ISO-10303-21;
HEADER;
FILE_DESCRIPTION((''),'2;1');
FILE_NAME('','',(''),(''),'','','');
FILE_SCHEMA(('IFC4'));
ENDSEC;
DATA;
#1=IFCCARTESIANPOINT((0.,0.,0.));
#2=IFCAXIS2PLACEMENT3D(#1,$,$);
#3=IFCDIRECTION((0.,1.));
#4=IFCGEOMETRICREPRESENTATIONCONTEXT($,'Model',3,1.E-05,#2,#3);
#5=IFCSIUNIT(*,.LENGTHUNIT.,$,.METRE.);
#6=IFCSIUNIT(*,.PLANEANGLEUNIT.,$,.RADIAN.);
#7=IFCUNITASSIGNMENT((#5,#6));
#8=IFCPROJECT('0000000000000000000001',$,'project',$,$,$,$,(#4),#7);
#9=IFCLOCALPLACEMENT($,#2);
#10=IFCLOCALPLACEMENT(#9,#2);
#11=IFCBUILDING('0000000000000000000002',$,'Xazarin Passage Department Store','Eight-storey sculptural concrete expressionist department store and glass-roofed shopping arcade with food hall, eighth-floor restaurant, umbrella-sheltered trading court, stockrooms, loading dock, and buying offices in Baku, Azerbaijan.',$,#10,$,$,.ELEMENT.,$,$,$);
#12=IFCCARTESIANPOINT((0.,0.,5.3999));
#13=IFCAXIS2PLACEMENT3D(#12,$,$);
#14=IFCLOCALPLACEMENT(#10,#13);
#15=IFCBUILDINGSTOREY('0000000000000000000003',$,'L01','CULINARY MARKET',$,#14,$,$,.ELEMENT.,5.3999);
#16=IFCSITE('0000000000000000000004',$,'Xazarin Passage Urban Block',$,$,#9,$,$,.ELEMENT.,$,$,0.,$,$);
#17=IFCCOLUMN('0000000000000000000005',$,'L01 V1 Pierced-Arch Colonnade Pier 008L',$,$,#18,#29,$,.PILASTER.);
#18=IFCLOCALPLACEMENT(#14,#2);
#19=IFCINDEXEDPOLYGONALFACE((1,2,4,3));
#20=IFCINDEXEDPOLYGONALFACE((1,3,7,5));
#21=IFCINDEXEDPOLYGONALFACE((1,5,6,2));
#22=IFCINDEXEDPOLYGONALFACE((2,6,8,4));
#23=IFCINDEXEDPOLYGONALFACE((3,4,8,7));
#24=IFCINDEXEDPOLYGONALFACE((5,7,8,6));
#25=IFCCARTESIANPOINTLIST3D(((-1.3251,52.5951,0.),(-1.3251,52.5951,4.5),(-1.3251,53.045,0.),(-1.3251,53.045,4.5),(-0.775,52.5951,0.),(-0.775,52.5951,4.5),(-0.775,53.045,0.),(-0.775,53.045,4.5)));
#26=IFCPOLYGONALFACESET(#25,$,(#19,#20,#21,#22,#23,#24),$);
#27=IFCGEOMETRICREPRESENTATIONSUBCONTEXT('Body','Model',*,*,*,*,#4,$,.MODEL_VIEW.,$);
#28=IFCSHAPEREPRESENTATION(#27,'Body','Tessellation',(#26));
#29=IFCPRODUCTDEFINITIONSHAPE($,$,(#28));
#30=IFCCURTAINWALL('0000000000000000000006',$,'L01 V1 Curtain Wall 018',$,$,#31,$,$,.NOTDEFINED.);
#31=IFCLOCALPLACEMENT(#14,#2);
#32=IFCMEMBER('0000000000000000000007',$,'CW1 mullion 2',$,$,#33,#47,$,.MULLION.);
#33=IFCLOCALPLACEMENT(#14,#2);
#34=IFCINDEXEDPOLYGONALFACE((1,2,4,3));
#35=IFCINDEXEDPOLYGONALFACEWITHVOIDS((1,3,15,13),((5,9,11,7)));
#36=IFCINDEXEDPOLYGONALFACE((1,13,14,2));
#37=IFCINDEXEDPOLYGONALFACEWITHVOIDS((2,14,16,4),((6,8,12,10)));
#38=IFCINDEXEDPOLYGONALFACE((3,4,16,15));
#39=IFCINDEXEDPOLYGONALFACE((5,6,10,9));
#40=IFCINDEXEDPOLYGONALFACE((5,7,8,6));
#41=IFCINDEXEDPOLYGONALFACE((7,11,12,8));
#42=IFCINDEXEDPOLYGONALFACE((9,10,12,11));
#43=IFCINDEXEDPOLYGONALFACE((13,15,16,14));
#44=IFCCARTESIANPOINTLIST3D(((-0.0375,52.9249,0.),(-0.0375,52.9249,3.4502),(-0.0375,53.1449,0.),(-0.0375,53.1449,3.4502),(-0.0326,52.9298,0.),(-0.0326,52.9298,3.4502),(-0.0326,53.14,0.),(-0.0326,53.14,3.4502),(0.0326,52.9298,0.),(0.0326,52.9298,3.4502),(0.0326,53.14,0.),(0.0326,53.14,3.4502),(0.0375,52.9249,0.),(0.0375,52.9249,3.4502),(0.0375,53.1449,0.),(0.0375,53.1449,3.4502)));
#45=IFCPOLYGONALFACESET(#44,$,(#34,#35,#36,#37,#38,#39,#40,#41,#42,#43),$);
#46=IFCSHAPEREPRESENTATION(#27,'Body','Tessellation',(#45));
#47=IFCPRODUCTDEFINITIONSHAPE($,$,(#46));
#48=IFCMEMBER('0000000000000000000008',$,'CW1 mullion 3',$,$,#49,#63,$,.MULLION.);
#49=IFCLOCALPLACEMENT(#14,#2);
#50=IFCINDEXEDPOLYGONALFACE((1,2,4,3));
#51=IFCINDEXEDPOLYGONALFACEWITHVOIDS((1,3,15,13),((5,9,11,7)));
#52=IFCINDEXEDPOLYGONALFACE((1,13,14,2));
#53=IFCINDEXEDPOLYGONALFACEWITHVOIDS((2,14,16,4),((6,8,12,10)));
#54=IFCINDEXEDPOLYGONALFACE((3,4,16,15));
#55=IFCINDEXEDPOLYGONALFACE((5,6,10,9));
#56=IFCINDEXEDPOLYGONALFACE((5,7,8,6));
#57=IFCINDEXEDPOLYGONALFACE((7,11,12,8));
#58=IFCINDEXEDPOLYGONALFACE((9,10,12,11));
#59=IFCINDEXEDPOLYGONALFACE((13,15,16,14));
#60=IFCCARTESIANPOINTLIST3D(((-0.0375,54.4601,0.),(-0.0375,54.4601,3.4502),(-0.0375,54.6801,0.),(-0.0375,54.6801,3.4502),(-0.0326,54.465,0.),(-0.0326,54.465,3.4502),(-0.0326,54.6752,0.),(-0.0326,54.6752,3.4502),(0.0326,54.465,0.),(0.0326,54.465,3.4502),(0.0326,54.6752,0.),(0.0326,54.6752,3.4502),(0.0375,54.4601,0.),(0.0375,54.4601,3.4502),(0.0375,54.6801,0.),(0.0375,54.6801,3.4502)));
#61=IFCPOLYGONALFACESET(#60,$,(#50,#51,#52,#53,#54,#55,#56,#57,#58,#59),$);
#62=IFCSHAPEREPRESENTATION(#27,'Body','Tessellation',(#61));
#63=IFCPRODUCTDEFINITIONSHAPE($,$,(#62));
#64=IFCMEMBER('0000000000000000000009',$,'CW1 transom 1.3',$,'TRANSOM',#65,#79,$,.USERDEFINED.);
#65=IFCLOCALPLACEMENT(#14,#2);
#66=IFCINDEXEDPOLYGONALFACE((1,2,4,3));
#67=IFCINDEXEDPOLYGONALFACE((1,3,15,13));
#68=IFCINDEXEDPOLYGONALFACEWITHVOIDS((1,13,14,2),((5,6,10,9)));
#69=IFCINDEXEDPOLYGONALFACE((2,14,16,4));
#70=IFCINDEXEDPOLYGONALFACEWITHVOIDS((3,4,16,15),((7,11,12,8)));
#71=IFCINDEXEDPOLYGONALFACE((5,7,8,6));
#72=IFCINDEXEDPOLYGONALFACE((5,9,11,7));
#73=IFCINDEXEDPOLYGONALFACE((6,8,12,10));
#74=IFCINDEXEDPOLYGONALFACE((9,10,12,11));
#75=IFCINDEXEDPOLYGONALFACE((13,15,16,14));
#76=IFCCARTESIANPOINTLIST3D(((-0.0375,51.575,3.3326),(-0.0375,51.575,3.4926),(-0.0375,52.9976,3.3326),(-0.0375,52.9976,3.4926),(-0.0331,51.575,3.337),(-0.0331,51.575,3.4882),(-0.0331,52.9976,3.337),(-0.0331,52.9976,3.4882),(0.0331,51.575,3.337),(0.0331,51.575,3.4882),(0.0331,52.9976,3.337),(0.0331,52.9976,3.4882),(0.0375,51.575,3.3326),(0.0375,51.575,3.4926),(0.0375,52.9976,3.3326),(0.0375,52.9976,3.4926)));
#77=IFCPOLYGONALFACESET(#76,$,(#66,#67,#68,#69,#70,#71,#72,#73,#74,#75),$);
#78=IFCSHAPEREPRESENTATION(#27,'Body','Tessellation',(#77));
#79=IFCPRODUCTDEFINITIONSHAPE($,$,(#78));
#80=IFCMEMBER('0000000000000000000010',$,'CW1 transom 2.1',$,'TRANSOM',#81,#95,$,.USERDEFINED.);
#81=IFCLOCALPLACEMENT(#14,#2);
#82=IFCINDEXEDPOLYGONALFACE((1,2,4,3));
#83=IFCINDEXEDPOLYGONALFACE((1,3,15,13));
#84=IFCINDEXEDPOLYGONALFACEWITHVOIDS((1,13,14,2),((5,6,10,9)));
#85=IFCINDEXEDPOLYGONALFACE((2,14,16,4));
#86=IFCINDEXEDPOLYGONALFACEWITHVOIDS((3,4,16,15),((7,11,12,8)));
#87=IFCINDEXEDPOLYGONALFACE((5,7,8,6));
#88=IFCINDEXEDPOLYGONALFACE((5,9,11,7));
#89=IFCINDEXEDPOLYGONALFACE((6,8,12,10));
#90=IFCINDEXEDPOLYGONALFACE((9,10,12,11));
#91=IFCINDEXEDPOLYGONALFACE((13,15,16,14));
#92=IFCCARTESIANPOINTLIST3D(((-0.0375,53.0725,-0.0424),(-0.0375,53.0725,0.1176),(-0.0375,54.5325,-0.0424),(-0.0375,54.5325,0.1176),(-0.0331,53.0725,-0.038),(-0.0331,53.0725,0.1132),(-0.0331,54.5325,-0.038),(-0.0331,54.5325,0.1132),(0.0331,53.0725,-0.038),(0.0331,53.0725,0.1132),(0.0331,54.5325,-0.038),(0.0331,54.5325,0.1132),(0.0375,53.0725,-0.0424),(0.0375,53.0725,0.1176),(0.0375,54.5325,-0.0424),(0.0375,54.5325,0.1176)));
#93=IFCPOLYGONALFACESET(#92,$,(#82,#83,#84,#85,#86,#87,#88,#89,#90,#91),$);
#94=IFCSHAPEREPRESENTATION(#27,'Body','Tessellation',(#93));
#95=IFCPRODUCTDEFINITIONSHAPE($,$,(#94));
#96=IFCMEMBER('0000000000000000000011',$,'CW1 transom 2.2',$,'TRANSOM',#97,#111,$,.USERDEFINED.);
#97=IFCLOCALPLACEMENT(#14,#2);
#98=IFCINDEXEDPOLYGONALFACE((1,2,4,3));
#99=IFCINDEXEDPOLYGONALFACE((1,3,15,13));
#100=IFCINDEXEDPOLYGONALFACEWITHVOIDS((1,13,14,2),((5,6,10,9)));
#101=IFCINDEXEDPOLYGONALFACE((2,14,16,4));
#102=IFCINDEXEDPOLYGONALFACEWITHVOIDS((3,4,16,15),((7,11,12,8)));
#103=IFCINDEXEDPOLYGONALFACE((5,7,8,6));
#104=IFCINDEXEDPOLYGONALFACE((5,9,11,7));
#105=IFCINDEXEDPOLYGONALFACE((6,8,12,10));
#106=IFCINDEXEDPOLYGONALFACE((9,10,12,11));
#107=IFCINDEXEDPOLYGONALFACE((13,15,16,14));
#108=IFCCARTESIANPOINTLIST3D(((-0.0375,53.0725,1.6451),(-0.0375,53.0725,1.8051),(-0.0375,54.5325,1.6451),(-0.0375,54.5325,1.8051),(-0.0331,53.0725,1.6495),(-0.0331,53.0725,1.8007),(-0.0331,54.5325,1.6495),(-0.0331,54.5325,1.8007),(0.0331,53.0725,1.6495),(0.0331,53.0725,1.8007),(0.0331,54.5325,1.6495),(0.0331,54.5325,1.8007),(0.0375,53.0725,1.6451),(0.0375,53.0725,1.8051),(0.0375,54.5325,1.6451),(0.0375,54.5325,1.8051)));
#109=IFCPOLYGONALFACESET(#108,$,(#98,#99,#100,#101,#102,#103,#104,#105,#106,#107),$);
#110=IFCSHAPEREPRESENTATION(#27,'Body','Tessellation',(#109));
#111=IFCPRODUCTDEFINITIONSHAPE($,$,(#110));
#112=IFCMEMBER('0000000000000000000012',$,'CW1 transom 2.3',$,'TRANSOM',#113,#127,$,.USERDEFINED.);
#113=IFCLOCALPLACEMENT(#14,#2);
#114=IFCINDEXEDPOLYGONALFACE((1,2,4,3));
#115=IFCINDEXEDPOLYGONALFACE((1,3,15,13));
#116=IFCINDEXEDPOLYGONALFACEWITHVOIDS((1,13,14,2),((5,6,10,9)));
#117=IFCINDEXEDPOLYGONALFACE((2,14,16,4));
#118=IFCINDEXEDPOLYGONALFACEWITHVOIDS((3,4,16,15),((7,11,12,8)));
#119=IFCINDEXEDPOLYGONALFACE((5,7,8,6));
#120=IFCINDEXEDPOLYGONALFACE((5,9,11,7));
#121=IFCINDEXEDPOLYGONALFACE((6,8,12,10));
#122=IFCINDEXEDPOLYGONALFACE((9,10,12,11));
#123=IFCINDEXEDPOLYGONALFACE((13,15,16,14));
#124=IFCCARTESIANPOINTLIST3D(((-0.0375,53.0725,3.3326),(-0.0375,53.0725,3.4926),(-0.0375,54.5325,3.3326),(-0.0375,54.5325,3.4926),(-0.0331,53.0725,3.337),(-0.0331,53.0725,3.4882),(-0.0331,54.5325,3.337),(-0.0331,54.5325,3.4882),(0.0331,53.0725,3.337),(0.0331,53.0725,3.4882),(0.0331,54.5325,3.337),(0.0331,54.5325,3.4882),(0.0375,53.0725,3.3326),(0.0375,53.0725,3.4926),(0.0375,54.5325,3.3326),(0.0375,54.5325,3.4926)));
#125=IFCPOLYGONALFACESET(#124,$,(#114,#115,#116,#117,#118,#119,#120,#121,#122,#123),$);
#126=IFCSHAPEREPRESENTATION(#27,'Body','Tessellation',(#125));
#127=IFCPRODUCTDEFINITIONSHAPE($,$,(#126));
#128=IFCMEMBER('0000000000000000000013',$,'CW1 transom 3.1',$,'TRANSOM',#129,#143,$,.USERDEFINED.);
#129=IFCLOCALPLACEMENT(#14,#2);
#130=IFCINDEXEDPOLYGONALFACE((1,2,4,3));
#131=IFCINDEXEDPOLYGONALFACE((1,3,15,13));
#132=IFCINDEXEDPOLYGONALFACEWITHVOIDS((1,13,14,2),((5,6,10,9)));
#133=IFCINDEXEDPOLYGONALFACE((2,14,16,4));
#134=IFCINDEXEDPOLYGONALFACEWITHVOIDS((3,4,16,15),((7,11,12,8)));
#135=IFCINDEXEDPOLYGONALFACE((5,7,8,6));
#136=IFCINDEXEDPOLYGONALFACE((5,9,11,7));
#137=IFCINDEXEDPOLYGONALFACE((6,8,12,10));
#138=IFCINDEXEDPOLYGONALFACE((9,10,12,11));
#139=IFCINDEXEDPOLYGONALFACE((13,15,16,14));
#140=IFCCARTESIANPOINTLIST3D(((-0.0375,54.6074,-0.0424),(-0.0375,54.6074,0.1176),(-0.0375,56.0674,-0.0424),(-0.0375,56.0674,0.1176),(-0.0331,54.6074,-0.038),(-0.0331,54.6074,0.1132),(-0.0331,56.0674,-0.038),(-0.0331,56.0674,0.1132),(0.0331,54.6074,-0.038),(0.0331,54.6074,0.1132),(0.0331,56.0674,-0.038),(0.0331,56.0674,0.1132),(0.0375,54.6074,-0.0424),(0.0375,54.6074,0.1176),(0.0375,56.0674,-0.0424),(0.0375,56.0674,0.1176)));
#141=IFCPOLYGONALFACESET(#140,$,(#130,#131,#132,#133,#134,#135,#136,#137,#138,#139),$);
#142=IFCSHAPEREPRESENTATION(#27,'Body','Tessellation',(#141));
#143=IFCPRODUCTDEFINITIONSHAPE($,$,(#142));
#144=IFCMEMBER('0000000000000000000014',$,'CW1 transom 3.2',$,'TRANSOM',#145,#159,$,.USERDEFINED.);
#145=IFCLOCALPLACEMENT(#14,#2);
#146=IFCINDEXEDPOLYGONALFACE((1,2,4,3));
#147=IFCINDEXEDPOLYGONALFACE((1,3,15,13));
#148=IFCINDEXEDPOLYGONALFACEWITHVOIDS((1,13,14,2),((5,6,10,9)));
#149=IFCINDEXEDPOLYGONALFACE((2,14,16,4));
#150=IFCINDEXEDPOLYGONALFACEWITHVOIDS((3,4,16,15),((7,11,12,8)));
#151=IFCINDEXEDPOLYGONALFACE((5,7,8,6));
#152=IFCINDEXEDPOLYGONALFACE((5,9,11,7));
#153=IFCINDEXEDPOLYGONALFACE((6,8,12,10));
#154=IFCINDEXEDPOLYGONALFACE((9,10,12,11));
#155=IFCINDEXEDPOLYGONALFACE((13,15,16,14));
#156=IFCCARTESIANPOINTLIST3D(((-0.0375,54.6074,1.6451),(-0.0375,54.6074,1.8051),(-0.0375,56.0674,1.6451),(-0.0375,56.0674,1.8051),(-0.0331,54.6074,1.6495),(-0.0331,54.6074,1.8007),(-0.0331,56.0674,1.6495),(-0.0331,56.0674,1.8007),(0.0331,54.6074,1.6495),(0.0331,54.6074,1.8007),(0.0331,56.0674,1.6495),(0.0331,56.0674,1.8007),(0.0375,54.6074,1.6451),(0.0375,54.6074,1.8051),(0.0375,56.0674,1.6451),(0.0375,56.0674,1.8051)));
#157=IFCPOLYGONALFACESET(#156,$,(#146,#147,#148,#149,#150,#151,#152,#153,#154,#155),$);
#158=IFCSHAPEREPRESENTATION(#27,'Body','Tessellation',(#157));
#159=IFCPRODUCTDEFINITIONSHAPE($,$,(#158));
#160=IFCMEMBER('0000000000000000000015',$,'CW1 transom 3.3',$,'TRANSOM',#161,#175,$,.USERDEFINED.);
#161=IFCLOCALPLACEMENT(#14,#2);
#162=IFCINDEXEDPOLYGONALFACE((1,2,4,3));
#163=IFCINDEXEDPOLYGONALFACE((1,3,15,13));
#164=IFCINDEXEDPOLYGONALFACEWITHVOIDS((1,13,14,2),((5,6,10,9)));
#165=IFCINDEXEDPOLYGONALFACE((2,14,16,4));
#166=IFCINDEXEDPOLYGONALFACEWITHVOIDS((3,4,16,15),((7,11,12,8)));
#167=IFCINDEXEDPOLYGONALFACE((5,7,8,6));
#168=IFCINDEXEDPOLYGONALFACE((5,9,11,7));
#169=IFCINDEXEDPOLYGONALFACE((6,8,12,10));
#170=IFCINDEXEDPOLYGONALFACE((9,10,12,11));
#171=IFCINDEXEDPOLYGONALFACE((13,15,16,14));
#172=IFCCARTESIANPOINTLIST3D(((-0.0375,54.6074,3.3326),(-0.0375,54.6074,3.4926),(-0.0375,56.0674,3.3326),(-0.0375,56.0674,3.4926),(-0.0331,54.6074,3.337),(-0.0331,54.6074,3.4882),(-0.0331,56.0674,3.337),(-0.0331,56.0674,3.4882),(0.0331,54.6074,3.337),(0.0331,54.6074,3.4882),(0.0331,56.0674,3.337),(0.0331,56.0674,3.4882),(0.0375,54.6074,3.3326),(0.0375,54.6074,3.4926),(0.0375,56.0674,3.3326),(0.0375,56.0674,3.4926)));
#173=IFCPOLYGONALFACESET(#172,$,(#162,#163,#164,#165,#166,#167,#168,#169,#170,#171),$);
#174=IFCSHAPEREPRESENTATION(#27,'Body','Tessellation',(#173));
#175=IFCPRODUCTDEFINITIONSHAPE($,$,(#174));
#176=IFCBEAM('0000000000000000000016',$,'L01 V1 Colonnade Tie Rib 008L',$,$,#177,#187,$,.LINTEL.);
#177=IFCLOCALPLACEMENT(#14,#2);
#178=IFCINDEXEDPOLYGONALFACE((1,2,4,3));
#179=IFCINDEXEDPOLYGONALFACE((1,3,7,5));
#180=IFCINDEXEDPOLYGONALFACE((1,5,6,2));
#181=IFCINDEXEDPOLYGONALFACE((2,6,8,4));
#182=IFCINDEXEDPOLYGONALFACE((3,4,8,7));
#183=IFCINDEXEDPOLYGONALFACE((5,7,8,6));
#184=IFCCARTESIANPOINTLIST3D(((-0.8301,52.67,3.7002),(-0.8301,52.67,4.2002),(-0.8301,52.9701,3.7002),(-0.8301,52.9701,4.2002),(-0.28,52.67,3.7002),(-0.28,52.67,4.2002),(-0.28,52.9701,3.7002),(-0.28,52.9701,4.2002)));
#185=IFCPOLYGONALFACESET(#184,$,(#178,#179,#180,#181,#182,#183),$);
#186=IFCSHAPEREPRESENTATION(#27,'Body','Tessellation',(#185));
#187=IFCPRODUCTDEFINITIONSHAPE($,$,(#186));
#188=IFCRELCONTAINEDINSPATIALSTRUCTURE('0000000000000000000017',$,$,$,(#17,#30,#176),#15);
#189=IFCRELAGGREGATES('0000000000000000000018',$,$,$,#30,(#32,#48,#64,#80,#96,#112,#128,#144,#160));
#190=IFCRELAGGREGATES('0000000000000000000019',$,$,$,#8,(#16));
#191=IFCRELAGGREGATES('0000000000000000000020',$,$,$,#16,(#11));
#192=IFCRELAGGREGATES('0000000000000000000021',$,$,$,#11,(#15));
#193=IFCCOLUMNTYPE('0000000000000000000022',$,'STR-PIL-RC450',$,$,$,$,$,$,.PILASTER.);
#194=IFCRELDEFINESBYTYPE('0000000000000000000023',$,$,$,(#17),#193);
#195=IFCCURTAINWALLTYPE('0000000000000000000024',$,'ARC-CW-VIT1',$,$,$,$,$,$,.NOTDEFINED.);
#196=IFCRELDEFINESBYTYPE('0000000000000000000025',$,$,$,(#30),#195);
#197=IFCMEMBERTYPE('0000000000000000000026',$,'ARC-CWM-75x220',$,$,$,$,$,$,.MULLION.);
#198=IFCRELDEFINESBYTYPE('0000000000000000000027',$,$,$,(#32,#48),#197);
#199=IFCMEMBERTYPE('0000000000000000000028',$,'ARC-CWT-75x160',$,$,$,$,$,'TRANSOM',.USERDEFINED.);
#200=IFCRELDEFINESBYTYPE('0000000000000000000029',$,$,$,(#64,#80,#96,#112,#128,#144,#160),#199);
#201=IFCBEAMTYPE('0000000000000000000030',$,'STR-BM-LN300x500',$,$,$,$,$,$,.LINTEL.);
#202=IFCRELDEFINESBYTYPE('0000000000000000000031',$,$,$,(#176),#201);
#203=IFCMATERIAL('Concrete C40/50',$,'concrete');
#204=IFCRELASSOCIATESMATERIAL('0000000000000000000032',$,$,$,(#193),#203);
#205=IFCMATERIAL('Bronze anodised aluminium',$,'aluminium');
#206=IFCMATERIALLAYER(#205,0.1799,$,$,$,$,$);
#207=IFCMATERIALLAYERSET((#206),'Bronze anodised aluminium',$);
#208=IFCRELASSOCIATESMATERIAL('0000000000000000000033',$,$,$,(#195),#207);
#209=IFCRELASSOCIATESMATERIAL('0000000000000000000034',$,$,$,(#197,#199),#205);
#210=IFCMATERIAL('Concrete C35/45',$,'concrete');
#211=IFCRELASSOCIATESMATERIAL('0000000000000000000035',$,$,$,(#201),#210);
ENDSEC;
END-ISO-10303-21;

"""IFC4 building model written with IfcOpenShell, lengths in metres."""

from ifc_helpers import new_model, si_unit, direction, frame, origin, origin_2d, place, context, subcontext, project, spatial, rectangle, hollow_rectangle, extrude, material, layer, layer_set, material_profile, profile_set, type_object, element, aggregate, save


model = new_model("IFC4")

# Units and contexts
model_context = context("Model", 3, precision=1e-05, world=origin(), true_north=direction((0.0, 1.0)))
body_context = subcontext(model_context, "Body", "Model", "MODEL_VIEW")
ifc_project = project(units=[si_unit("LENGTHUNIT", "METRE"), si_unit("PLANEANGLEUNIT", "RADIAN")], contexts=[model_context])

# Site, building, storey
site_placement = place(None, origin())
site = spatial("IfcSite", under=ifc_project, at=site_placement, Name="Xazarin Passage Urban Block", CompositionType="ELEMENT", RefElevation=0.0)
building_placement = place(site_placement, origin())
building = spatial("IfcBuilding", under=site, at=building_placement, Name="Xazarin Passage Department Store", Description="Eight-storey sculptural concrete expressionist department store and glass-roofed shopping arcade with food hall, eighth-floor restaurant, umbrella-sheltered trading court, stockrooms, loading dock, and buying offices in Baku, Azerbaijan.", CompositionType="ELEMENT")
storey_placement = place(building_placement, frame((0.0, 0.0, 5.3999)))
storey = spatial("IfcBuildingStorey", under=building, at=storey_placement, Name="L01", Description="CULINARY MARKET", CompositionType="ELEMENT", Elevation=5.3999)

# Column
ifc_material_1 = material(Name="Concrete C40/50", Category="concrete")
ifc_material_profile_1 = material_profile(ifc_material_1, rectangle(XDim=0.45, YDim=0.55, at=origin_2d()), Name="RC 450x550")
ifc_profile_set_1 = profile_set([ifc_material_profile_1], Name="Concrete C40/50")
column_type = type_object("IfcColumnType", Name="STR-PIL-RC450", PredefinedType="PILASTER", material=ifc_profile_set_1)
column_placement = place(storey_placement, frame((-1.05, 52.8201, 0.0), z_axis=(0.0, 0.0, 1.0), x_axis=(0.0, 1.0, 0.0)))
element("IfcColumn", 1, at=column_placement, inside=storey, type_object=column_type, Name="L01 V1 Pierced-Arch Colonnade Pier 008L", PredefinedType="PILASTER", context=body_context, shape_type="SweptSolid", body=[
    extrude(rectangle(XDim=0.45, YDim=0.55, at=origin_2d()), origin(), (0.0, 0.0, 1.0), 4.5),
])

# Curtain wall, members
ifc_material_2 = material(Name="Bronze anodised aluminium", Category="aluminium")
ifc_layer_1 = layer(ifc_material_2, 0.1799)
ifc_layer_set_1 = layer_set([ifc_layer_1], Name="Bronze anodised aluminium")
curtain_wall_type = type_object("IfcCurtainWallType", Name="ARC-CW-VIT1", PredefinedType="NOTDEFINED", material=ifc_layer_set_1)
curtain_wall_placement = place(storey_placement, origin())
curtain_wall = element("IfcCurtainWall", 2, at=curtain_wall_placement, inside=storey, type_object=curtain_wall_type, Name="L01 V1 Curtain Wall 018", PredefinedType="NOTDEFINED")
ifc_material_profile_2 = material_profile(ifc_material_2, hollow_rectangle(XDim=0.075, YDim=0.22, WallThickness=0.0049, at=origin_2d()), Name="ALU 75x220")
ifc_profile_set_2 = profile_set([ifc_material_profile_2], Name="Bronze anodised aluminium")
member_type_1 = type_object("IfcMemberType", Name="ARC-CWM-75x220", PredefinedType="MULLION", material=ifc_profile_set_2)
member_1_placement = place(storey_placement, frame((0.0, 53.0349, 0.0), z_axis=(0.0, 0.0, 1.0), x_axis=(-1.0, 0.0, 0.0)))
member_1 = element("IfcMember", 3, at=member_1_placement, type_object=member_type_1, Name="CW1 mullion 2", PredefinedType="MULLION", context=body_context, shape_type="SweptSolid", body=[
    extrude(hollow_rectangle(XDim=0.075, YDim=0.22, WallThickness=0.0049, at=origin_2d()), origin(), (0.0, 0.0, 1.0), 3.4502),
])
member_2_placement = place(storey_placement, frame((0.0, 54.5701, 0.0), z_axis=(0.0, 0.0, 1.0), x_axis=(-1.0, 0.0, 0.0)))
member_2 = element("IfcMember", 4, at=member_2_placement, type_object=member_type_1, Name="CW1 mullion 3", PredefinedType="MULLION", context=body_context, shape_type="SweptSolid", body=[
    extrude(hollow_rectangle(XDim=0.075, YDim=0.22, WallThickness=0.0049, at=origin_2d()), origin(), (0.0, 0.0, 1.0), 3.4502),
])
ifc_material_profile_3 = material_profile(ifc_material_2, hollow_rectangle(XDim=0.075, YDim=0.1599, WallThickness=0.0044, at=origin_2d()), Name="ALU 75x160")
ifc_profile_set_3 = profile_set([ifc_material_profile_3], Name="Bronze anodised aluminium")
member_type_2 = type_object("IfcMemberType", Name="ARC-CWT-75x160", ElementType="TRANSOM", PredefinedType="USERDEFINED", material=ifc_profile_set_3)
member_3_placement = place(storey_placement, frame((0.0, 51.575, 3.4126), z_axis=(0.0, 1.0, 0.0), x_axis=(-1.0, 0.0, 0.0)))
member_3 = element("IfcMember", 5, at=member_3_placement, type_object=member_type_2, Name="CW1 transom 1.3", ObjectType="TRANSOM", PredefinedType="USERDEFINED", context=body_context, shape_type="SweptSolid", body=[
    extrude(hollow_rectangle(XDim=0.075, YDim=0.1599, WallThickness=0.0044, at=origin_2d()), origin(), (0.0, 0.0, 1.0), 1.4226),
])
member_4_placement = place(storey_placement, frame((0.0, 53.0725, 0.0376), z_axis=(0.0, 1.0, 0.0), x_axis=(-1.0, 0.0, 0.0)))
member_4 = element("IfcMember", 6, at=member_4_placement, type_object=member_type_2, Name="CW1 transom 2.1", ObjectType="TRANSOM", PredefinedType="USERDEFINED", context=body_context, shape_type="SweptSolid", body=[
    extrude(hollow_rectangle(XDim=0.075, YDim=0.1599, WallThickness=0.0044, at=origin_2d()), origin(), (0.0, 0.0, 1.0), 1.46),
])
member_5_placement = place(storey_placement, frame((0.0, 53.0725, 1.7251), z_axis=(0.0, 1.0, 0.0), x_axis=(-1.0, 0.0, 0.0)))
member_5 = element("IfcMember", 7, at=member_5_placement, type_object=member_type_2, Name="CW1 transom 2.2", ObjectType="TRANSOM", PredefinedType="USERDEFINED", context=body_context, shape_type="SweptSolid", body=[
    extrude(hollow_rectangle(XDim=0.075, YDim=0.1599, WallThickness=0.0044, at=origin_2d()), origin(), (0.0, 0.0, 1.0), 1.46),
])
member_6_placement = place(storey_placement, frame((0.0, 53.0725, 3.4126), z_axis=(0.0, 1.0, 0.0), x_axis=(-1.0, 0.0, 0.0)))
member_6 = element("IfcMember", 8, at=member_6_placement, type_object=member_type_2, Name="CW1 transom 2.3", ObjectType="TRANSOM", PredefinedType="USERDEFINED", context=body_context, shape_type="SweptSolid", body=[
    extrude(hollow_rectangle(XDim=0.075, YDim=0.1599, WallThickness=0.0044, at=origin_2d()), origin(), (0.0, 0.0, 1.0), 1.46),
])
member_7_placement = place(storey_placement, frame((0.0, 54.6074, 0.0376), z_axis=(0.0, 1.0, 0.0), x_axis=(-1.0, 0.0, 0.0)))
member_7 = element("IfcMember", 9, at=member_7_placement, type_object=member_type_2, Name="CW1 transom 3.1", ObjectType="TRANSOM", PredefinedType="USERDEFINED", context=body_context, shape_type="SweptSolid", body=[
    extrude(hollow_rectangle(XDim=0.075, YDim=0.1599, WallThickness=0.0044, at=origin_2d()), origin(), (0.0, 0.0, 1.0), 1.46),
])
member_8_placement = place(storey_placement, frame((0.0, 54.6074, 1.7251), z_axis=(0.0, 1.0, 0.0), x_axis=(-1.0, 0.0, 0.0)))
member_8 = element("IfcMember", 10, at=member_8_placement, type_object=member_type_2, Name="CW1 transom 3.2", ObjectType="TRANSOM", PredefinedType="USERDEFINED", context=body_context, shape_type="SweptSolid", body=[
    extrude(hollow_rectangle(XDim=0.075, YDim=0.1599, WallThickness=0.0044, at=origin_2d()), origin(), (0.0, 0.0, 1.0), 1.46),
])
member_9_placement = place(storey_placement, frame((0.0, 54.6074, 3.4126), z_axis=(0.0, 1.0, 0.0), x_axis=(-1.0, 0.0, 0.0)))
member_9 = element("IfcMember", 11, at=member_9_placement, type_object=member_type_2, Name="CW1 transom 3.3", ObjectType="TRANSOM", PredefinedType="USERDEFINED", context=body_context, shape_type="SweptSolid", body=[
    extrude(hollow_rectangle(XDim=0.075, YDim=0.1599, WallThickness=0.0044, at=origin_2d()), origin(), (0.0, 0.0, 1.0), 1.46),
])

# Beam
ifc_material_3 = material(Name="Concrete C35/45", Category="concrete")
ifc_material_profile_4 = material_profile(ifc_material_3, rectangle(XDim=0.3, YDim=0.5, at=origin_2d()), Name="RC 300x500")
ifc_profile_set_4 = profile_set([ifc_material_profile_4], Name="Concrete C35/45")
beam_type = type_object("IfcBeamType", Name="STR-BM-LN300x500", PredefinedType="LINTEL", material=ifc_profile_set_4)
beam_1_placement = place(storey_placement, frame((-0.28, 52.8201, 3.9502), z_axis=(-1.0, 0.0, 0.0), x_axis=(0.0, -1.0, 0.0)))
element("IfcBeam", 12, at=beam_1_placement, inside=storey, type_object=beam_type, Name="L01 V1 Colonnade Tie Rib 008L", PredefinedType="LINTEL", context=body_context, shape_type="SweptSolid", body=[
    extrude(rectangle(XDim=0.3, YDim=0.5, at=origin_2d()), origin(), (0.0, 0.0, 1.0), 0.55),
])

aggregate(curtain_wall, [member_1, member_2, member_3, member_4, member_5, member_6, member_7, member_8, member_9])

save(model, "model.ifc")
